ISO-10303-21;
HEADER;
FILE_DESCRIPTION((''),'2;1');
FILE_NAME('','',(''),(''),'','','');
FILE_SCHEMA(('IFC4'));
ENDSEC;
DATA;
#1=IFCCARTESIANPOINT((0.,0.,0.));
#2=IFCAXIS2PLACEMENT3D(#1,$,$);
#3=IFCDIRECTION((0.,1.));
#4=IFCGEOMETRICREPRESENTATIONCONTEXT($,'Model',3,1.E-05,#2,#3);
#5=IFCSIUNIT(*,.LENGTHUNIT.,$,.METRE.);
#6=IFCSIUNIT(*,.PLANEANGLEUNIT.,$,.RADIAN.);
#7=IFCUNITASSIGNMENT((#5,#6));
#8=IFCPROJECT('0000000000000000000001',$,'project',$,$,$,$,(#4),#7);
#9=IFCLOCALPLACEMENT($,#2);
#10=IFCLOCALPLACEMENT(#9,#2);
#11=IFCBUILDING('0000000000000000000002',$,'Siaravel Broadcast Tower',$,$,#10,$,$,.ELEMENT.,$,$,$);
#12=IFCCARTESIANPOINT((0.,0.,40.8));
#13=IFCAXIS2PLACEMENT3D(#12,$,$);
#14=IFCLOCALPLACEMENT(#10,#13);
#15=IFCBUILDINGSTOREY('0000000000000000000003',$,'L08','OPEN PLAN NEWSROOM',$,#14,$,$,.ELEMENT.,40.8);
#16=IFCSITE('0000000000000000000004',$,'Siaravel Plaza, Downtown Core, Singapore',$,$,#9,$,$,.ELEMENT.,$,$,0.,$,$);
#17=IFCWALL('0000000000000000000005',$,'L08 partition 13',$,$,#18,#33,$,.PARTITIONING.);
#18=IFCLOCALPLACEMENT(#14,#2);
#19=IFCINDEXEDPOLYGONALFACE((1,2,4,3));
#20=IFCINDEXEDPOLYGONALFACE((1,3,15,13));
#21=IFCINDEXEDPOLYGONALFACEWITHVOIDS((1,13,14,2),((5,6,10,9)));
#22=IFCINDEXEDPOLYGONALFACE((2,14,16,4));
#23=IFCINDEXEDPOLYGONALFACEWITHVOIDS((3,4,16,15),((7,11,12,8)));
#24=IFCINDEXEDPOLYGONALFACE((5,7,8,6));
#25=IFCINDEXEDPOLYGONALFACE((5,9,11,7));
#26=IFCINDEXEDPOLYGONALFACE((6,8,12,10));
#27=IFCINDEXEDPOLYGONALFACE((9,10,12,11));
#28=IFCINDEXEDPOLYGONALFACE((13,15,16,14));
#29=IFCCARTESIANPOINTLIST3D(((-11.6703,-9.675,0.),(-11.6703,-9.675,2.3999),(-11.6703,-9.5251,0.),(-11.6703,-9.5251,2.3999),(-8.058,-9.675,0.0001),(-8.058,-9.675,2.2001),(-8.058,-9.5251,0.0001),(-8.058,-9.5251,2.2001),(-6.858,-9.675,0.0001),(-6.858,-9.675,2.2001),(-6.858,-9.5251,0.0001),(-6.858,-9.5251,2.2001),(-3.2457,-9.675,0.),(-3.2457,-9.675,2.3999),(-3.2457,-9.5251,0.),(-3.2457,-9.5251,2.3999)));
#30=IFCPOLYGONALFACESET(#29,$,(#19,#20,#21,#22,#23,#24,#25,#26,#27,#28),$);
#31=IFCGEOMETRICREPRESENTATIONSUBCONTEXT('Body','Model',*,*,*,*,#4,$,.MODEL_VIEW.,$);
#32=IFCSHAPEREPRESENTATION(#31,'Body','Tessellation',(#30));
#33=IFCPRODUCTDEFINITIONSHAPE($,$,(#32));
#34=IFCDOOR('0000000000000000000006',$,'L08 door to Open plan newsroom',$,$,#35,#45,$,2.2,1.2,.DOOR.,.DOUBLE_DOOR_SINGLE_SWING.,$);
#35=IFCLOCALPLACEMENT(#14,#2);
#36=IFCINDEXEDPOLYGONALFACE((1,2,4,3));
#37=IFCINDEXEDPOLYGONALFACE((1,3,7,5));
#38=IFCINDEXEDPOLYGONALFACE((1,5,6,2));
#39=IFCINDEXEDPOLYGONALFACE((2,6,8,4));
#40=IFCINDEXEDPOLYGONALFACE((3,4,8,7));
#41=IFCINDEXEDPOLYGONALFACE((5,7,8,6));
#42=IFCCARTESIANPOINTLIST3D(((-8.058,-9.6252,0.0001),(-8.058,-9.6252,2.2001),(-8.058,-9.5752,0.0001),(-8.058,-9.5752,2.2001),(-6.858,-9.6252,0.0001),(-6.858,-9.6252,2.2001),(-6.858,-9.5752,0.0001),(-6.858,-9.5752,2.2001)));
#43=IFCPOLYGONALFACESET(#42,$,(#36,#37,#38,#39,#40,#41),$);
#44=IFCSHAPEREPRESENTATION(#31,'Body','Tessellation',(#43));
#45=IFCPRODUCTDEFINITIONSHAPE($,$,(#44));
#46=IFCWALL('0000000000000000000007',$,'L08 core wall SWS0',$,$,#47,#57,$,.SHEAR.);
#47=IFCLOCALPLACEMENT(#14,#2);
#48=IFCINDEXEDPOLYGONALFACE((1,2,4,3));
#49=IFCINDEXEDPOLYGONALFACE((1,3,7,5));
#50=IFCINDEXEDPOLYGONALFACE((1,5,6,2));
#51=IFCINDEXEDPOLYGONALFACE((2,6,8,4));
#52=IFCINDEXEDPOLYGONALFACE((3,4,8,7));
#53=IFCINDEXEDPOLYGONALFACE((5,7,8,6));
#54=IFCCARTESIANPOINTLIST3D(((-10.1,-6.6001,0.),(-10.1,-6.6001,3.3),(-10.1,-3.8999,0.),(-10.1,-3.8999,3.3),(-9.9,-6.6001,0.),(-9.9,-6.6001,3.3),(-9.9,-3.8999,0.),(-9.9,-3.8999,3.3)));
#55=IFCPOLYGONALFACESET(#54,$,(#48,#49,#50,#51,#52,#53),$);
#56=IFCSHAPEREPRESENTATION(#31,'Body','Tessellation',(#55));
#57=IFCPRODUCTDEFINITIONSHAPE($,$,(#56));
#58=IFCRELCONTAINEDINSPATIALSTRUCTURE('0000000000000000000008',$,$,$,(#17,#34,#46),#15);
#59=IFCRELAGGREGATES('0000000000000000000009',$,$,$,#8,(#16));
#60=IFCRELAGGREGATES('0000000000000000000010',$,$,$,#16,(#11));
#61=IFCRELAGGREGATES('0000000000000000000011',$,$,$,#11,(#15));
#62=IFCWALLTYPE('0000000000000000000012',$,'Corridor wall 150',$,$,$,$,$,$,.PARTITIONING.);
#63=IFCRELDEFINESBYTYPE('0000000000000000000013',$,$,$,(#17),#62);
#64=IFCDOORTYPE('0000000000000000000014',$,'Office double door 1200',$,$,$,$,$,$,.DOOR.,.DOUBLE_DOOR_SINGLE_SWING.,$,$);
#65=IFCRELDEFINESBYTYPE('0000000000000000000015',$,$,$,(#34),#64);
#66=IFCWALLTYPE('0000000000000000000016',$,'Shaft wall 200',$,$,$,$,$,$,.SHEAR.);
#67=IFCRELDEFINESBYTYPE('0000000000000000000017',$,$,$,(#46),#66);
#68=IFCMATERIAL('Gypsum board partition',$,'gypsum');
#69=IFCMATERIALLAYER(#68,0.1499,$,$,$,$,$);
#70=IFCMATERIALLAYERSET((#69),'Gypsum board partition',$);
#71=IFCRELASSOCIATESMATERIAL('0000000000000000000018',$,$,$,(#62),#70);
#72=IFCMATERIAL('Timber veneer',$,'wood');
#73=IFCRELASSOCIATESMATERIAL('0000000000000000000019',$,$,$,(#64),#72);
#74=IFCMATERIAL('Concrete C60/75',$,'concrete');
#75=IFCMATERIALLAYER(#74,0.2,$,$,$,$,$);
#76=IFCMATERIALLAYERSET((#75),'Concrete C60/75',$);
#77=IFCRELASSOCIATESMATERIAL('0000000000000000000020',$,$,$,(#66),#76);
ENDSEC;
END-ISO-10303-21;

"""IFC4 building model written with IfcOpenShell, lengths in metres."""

from ifc_helpers import new_model, si_unit, direction, frame, frame_2d, origin, place, context, subcontext, project, spatial, rectangle, extrude, material, layer, layer_set, type_object, element, fill, save


model = new_model("IFC4")

# Units and contexts
model_context = context("Model", 3, precision=1e-05, world=origin(), true_north=direction((0.0, 1.0)))
body_context = subcontext(model_context, "Body", "Model", "MODEL_VIEW")
ifc_project = project(units=[si_unit("LENGTHUNIT", "METRE"), si_unit("PLANEANGLEUNIT", "RADIAN")], contexts=[model_context])

# Site, building, storey
site_placement = place(None, origin())
site = spatial("IfcSite", under=ifc_project, at=site_placement, Name="Siaravel Plaza, Downtown Core, Singapore", CompositionType="ELEMENT", RefElevation=0.0)
building_placement = place(site_placement, origin())
building = spatial("IfcBuilding", under=site, at=building_placement, Name="Siaravel Broadcast Tower", CompositionType="ELEMENT")
storey_placement = place(building_placement, frame((0.0, 0.0, 40.8)))
storey = spatial("IfcBuildingStorey", under=building, at=storey_placement, Name="L08", Description="OPEN PLAN NEWSROOM", CompositionType="ELEMENT", Elevation=40.8)

# Shared definitions
ifc_material_1 = material(Name="Concrete C60/75", Category="concrete")

# Wall, opening, door
ifc_material_2 = material(Name="Gypsum board partition", Category="gypsum")
ifc_layer_1 = layer(ifc_material_2, 0.1499)
ifc_layer_set_1 = layer_set([ifc_layer_1], Name="Gypsum board partition")
wall_type_1 = type_object("IfcWallType", Name="Corridor wall 150", PredefinedType="PARTITIONING", material=ifc_layer_set_1)
ifc_material_3 = material(Name="Timber veneer", Category="wood")
door_type_1 = type_object("IfcDoorType", Name="Office double door 1200", OperationType="DOUBLE_DOOR_SINGLE_SWING", PredefinedType="DOOR", material=ifc_material_3)
wall_1_placement = place(storey_placement, frame((-11.6704, -9.6001, 0.0), z_axis=(0.0, 0.0, 1.0), x_axis=(1.0, 0.0, 0.0)))
wall_1 = element("IfcWall", 1, at=wall_1_placement, inside=storey, type_object=wall_type_1, Name="L08 partition 13", PredefinedType="PARTITIONING", context=body_context, shape_type="SweptSolid", body=[
    extrude(rectangle(XDim=8.4246, YDim=0.1499, at=frame_2d((4.2124, 0.0))), origin(), (0.0, 0.0, 1.0), 2.3999),
])
opening_1_placement = place(wall_1_placement, frame((3.6123, 0.0, 0.0)))
opening_1 = element("IfcOpeningElement", 2, at=opening_1_placement, cuts=wall_1, PredefinedType="OPENING", context=body_context, shape_type="SweptSolid", body=[
    extrude(rectangle(XDim=1.2, YDim=2.2, at=frame_2d((0.6001, 1.1001))), frame((0.0, 0.085, 0.0), z_axis=(0.0, -1.0, 0.0), x_axis=(1.0, 0.0, 0.0)), (0.0, 0.0, 1.0), 0.1699),
])
door_1_placement = place(opening_1_placement, origin())
door_1 = element("IfcDoor", 3, at=door_1_placement, inside=storey, type_object=door_type_1, Name="L08 door to Open plan newsroom", OperationType="DOUBLE_DOOR_SINGLE_SWING", OverallHeight=2.2, OverallWidth=1.2, PredefinedType="DOOR", context=body_context, shape_type="SweptSolid", body=[
    extrude(rectangle(XDim=1.2, YDim=2.2, at=frame_2d((0.6001, 1.1001))), frame((0.0, 0.0249, 0.0), z_axis=(0.0, -1.0, 0.0), x_axis=(1.0, 0.0, 0.0)), (0.0, 0.0, 1.0), 0.05),
])
fill(opening_1, door_1)

# Wall
ifc_layer_2 = layer(ifc_material_1, 0.2)
ifc_layer_set_2 = layer_set([ifc_layer_2], Name="Concrete C60/75")
wall_type_2 = type_object("IfcWallType", Name="Shaft wall 200", PredefinedType="SHEAR", material=ifc_layer_set_2)
wall_2_placement = place(storey_placement, frame((-10.0, -6.6001, 0.0), z_axis=(0.0, 0.0, 1.0), x_axis=(0.0, 1.0, 0.0)))
element("IfcWall", 4, at=wall_2_placement, inside=storey, type_object=wall_type_2, Name="L08 core wall SWS0", PredefinedType="SHEAR", context=body_context, shape_type="SweptSolid", body=[
    extrude(rectangle(XDim=2.7002, YDim=0.2, at=frame_2d((1.3501, 0.0))), origin(), (0.0, 0.0, 1.0), 3.3),
])

save(model, "model.ifc")
